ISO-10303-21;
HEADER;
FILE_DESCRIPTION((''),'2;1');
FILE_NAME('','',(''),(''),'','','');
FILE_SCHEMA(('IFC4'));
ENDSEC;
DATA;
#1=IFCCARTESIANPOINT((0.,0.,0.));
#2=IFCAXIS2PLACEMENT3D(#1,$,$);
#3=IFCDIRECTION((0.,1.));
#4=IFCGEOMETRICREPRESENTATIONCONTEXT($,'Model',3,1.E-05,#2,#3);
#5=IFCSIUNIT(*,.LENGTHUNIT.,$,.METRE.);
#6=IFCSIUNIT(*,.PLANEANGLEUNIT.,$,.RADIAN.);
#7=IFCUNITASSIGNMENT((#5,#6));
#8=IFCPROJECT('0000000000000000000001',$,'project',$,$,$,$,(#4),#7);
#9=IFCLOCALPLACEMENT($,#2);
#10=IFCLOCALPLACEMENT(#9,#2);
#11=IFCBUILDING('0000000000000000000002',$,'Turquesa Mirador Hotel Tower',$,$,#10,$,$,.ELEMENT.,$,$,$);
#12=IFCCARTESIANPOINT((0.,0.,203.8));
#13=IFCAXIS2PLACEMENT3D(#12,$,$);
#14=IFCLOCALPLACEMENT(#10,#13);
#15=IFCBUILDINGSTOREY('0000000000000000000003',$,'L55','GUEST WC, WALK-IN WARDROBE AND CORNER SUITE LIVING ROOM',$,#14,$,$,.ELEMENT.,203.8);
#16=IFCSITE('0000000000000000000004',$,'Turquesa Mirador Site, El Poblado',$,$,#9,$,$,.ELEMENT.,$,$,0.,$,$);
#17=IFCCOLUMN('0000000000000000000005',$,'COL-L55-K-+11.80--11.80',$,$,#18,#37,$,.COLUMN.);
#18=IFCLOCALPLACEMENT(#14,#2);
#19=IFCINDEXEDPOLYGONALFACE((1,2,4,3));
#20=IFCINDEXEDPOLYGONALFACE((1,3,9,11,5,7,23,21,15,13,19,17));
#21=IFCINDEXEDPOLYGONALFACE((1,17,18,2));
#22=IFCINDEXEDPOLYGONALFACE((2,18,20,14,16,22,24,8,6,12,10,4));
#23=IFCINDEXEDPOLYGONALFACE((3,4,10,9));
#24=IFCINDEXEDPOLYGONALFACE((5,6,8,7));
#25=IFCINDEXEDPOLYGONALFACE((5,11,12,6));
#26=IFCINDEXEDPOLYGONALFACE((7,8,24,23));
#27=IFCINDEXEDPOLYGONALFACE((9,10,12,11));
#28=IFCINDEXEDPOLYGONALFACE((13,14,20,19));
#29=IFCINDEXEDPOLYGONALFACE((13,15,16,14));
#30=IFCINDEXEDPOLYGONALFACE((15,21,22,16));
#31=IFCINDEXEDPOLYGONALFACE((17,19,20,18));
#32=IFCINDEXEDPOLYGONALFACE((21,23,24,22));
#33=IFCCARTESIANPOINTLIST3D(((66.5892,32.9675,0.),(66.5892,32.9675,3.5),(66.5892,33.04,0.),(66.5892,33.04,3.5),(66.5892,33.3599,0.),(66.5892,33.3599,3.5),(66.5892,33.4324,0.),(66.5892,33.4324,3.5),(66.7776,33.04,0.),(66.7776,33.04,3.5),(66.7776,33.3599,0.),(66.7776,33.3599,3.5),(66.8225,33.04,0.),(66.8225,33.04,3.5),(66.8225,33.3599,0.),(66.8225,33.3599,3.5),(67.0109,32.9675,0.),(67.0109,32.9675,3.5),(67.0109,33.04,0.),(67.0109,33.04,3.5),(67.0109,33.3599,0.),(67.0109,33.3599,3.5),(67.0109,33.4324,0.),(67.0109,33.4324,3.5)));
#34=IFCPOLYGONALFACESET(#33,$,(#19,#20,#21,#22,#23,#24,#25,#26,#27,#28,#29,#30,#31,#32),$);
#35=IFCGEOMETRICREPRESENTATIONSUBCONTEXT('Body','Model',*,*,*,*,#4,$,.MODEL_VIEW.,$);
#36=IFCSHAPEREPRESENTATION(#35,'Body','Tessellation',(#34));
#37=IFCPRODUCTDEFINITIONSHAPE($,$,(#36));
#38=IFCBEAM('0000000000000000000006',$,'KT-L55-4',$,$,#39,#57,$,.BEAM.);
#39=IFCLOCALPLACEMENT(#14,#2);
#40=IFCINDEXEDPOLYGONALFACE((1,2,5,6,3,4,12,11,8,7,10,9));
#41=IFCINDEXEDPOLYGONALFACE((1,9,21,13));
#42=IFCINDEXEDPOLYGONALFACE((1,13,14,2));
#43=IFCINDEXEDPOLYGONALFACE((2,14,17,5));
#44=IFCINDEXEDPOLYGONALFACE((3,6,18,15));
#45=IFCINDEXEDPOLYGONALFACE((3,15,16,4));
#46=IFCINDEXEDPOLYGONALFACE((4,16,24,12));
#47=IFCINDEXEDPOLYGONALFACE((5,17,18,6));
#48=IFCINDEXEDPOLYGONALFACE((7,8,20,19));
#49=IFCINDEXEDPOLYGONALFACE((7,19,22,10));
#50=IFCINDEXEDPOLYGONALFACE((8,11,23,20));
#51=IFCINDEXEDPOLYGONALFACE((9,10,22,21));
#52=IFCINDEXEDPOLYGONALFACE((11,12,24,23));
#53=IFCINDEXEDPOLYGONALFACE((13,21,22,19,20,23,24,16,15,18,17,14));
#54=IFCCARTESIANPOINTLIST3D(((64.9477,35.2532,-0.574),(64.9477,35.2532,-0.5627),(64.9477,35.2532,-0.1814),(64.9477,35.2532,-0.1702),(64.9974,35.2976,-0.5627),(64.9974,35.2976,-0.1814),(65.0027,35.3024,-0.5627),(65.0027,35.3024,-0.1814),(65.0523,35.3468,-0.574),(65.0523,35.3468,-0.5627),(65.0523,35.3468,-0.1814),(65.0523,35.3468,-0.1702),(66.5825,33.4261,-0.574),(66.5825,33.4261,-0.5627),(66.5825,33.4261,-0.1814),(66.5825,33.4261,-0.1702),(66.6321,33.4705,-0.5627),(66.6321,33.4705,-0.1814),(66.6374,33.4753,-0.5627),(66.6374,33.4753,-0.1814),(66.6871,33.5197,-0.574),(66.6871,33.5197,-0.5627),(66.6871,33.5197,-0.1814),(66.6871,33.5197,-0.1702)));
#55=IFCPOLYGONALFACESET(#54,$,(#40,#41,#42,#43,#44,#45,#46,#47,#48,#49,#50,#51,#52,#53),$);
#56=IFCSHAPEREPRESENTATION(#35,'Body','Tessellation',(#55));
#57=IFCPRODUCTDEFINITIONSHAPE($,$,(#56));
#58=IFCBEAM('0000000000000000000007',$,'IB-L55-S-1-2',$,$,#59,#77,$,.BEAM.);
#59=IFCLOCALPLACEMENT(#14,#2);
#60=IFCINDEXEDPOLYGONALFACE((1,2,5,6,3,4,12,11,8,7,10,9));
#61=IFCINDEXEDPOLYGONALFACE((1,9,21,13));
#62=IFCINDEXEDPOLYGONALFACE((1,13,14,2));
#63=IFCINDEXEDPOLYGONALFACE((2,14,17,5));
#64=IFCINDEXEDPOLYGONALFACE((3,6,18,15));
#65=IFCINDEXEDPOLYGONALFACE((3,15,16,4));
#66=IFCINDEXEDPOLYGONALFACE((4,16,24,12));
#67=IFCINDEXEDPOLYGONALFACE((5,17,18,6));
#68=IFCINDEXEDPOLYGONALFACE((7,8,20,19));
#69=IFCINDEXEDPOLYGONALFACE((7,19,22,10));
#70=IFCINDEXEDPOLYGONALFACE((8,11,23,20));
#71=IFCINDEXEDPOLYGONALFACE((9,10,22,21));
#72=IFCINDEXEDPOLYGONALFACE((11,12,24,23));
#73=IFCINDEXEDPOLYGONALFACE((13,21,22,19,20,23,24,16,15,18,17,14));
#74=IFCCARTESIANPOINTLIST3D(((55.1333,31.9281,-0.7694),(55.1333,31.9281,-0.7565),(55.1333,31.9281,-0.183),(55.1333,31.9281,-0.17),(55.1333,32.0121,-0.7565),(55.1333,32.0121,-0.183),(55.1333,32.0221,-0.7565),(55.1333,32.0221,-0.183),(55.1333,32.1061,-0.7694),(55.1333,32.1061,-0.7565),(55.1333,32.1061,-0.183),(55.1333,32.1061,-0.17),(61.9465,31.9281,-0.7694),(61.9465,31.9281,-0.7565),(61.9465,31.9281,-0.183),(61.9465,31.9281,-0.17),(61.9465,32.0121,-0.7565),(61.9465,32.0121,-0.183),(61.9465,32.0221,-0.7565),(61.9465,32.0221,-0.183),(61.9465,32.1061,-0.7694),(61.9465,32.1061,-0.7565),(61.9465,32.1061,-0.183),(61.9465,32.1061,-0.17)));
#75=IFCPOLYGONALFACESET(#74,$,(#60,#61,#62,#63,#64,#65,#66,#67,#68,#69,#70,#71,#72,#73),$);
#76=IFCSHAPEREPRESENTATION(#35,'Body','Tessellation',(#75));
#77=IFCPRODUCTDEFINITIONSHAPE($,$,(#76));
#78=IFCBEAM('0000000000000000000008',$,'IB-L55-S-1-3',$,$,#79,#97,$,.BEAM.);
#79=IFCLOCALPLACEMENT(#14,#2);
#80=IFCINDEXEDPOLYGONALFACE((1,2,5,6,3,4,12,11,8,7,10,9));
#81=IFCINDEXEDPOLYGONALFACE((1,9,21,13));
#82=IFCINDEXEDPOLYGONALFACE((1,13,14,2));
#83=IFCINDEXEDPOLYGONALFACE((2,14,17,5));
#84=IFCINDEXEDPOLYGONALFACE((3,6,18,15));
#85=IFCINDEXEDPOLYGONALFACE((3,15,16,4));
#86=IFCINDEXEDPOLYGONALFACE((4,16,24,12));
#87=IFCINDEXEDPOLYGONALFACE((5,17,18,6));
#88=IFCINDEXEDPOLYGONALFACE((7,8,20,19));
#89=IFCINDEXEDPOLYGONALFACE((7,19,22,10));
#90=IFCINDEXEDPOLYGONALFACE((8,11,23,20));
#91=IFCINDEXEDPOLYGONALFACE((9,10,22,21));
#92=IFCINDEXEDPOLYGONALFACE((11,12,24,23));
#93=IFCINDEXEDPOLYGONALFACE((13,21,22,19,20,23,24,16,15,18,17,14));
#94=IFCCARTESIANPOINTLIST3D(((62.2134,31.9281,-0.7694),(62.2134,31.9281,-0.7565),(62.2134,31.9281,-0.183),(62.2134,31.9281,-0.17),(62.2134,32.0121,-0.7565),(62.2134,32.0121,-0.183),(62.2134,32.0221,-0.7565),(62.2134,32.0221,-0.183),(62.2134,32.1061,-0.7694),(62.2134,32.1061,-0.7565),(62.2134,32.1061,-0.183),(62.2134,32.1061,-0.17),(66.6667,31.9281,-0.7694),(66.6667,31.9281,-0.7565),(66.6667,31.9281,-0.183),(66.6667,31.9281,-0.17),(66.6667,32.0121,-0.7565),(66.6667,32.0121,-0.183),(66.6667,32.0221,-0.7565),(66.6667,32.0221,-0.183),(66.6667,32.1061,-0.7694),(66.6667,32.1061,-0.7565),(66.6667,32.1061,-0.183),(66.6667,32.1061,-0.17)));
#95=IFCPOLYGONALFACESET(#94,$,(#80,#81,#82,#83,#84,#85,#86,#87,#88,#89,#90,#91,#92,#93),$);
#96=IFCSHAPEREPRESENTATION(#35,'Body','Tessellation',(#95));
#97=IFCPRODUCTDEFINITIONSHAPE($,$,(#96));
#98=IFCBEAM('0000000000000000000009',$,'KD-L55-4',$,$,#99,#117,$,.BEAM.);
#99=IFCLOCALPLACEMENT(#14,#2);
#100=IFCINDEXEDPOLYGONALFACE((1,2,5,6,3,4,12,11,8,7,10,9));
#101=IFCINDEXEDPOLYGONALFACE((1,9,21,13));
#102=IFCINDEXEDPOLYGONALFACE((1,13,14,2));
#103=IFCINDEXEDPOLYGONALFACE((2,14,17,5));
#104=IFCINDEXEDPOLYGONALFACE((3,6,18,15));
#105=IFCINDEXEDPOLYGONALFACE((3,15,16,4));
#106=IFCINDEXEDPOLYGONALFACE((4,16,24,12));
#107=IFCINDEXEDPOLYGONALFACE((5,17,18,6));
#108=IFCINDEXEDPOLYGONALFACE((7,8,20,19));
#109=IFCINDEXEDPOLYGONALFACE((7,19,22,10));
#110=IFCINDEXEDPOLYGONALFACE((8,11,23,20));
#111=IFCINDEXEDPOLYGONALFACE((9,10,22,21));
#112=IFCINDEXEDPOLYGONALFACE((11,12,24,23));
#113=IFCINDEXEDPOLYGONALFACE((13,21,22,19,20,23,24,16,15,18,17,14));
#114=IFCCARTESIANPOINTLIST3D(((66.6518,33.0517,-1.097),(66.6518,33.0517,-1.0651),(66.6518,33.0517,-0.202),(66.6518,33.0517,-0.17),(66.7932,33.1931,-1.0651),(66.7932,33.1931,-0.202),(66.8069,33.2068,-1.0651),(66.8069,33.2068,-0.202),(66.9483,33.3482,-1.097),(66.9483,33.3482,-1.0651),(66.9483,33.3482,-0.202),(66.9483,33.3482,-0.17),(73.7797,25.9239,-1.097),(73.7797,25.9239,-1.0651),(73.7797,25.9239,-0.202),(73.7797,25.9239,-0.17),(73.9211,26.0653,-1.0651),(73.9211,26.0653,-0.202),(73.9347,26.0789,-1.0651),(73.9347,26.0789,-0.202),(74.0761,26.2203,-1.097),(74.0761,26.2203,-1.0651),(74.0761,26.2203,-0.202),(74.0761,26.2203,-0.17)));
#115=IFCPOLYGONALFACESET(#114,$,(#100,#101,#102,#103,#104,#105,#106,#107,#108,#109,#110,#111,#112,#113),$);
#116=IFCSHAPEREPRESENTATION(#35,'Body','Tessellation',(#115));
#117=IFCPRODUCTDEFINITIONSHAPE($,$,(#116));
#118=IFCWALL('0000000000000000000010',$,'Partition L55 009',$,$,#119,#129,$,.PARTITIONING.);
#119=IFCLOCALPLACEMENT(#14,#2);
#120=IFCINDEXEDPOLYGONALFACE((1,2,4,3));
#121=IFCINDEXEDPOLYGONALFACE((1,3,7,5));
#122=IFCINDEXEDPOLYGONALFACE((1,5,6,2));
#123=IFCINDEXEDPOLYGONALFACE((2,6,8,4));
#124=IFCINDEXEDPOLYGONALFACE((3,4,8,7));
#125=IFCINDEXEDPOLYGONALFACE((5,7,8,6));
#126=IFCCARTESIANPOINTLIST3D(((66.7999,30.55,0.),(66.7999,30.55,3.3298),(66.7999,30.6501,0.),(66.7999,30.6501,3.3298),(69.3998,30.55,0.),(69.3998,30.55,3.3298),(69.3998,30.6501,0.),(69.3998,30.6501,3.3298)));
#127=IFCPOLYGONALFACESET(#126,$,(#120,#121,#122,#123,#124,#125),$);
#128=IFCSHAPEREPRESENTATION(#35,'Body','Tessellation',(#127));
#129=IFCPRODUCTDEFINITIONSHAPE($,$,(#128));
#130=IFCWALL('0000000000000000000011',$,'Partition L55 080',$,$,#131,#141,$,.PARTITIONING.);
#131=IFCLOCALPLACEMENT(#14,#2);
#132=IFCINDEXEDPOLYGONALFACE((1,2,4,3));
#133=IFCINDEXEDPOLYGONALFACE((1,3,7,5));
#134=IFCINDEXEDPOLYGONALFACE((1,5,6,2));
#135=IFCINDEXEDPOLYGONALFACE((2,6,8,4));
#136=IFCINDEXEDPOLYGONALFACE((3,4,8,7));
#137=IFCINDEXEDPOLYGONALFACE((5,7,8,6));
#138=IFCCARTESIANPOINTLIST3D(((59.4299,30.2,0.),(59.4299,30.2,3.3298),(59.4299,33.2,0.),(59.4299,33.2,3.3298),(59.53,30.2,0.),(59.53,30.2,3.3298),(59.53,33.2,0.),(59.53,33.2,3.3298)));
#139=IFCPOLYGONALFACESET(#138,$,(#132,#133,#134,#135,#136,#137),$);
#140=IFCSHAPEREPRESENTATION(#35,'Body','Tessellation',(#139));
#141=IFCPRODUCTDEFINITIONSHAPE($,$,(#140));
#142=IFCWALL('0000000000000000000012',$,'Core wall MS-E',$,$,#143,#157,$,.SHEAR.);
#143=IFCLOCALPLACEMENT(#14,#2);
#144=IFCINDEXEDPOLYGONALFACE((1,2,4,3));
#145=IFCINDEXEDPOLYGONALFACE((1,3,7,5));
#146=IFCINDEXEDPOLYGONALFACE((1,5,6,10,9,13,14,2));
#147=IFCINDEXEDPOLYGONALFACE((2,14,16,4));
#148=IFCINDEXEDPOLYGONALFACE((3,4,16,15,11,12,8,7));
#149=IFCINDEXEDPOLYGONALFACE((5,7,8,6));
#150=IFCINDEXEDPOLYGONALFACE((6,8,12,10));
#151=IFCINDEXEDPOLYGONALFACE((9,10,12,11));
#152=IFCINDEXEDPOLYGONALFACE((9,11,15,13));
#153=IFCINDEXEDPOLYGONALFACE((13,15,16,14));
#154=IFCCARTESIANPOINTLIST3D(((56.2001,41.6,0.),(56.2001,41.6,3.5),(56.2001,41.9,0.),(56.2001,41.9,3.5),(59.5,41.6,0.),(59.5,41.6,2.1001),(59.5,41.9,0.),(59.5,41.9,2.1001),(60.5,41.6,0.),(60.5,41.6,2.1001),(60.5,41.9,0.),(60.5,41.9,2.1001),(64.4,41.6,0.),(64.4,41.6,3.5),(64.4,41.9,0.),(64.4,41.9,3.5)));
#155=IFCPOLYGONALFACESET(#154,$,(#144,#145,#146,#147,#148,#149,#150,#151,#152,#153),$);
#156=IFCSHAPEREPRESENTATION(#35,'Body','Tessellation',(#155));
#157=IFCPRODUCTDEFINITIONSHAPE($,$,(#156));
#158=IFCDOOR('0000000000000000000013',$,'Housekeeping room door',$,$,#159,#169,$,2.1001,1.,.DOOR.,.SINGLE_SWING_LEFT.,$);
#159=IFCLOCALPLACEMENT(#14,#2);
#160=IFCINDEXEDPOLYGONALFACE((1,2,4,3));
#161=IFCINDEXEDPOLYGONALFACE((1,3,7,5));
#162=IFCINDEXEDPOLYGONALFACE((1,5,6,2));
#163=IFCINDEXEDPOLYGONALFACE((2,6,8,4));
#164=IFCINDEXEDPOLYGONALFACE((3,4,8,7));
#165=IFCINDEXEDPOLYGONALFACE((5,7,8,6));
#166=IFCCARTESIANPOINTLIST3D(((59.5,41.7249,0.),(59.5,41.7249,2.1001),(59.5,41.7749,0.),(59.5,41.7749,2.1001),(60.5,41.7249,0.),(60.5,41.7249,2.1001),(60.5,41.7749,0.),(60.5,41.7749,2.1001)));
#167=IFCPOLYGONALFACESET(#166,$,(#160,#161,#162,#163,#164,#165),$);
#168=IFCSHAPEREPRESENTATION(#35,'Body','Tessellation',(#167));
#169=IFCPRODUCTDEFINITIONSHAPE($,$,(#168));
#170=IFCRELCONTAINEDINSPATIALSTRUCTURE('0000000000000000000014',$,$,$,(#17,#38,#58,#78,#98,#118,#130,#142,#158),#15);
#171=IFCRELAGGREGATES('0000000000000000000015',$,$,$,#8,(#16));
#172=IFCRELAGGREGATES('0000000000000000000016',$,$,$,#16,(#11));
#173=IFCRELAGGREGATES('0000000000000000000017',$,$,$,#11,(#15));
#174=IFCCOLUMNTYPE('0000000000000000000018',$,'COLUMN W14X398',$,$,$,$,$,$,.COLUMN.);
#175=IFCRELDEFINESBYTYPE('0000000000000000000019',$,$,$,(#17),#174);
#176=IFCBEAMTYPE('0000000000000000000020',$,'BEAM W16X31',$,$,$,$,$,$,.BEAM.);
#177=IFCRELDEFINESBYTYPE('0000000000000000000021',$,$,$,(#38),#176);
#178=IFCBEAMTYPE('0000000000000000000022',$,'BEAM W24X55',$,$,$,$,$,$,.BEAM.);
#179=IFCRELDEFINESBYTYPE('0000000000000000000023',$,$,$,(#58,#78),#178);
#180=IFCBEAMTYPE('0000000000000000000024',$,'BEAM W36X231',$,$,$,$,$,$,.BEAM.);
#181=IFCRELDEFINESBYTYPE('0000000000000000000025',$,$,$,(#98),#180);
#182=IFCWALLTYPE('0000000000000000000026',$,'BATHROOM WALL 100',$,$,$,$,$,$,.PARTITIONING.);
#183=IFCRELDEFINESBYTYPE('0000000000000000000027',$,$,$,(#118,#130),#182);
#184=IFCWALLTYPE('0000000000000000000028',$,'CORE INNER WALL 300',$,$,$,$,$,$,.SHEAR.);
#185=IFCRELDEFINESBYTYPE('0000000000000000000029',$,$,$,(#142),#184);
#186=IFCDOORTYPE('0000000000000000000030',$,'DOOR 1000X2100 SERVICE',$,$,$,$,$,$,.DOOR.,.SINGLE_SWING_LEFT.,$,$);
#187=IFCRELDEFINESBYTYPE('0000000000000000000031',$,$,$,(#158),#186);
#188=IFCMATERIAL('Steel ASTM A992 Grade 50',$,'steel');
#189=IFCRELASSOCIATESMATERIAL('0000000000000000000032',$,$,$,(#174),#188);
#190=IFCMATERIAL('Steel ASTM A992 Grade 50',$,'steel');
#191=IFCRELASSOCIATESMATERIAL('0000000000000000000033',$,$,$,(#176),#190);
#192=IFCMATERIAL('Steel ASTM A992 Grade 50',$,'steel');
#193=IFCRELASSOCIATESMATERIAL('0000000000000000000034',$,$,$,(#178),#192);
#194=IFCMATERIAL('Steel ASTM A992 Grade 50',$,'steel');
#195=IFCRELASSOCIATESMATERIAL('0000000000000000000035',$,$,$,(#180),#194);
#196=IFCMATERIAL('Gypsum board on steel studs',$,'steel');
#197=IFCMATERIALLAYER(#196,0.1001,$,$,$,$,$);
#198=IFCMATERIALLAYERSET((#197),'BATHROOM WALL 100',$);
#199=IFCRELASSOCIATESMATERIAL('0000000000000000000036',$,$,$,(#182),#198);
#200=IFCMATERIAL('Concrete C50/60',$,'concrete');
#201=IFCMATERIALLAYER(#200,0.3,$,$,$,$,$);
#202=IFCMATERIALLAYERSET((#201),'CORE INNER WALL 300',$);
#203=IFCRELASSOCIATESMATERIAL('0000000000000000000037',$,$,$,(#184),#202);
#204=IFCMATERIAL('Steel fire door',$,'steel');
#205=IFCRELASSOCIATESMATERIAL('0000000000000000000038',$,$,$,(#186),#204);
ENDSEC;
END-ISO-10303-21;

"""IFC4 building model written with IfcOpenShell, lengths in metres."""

from ifc_helpers import new_model, si_unit, direction, frame, frame_2d, origin, origin_2d, place, context, subcontext, project, spatial, rectangle, i_section, extrude, material, layer, layer_set, material_profile, profile_set, type_object, element, fill, save


model = new_model("IFC4")

# Units and contexts
model_context = context("Model", 3, precision=1e-05, world=origin(), true_north=direction((0.0, 1.0)))
body_context = subcontext(model_context, "Body", "Model", "MODEL_VIEW")
ifc_project = project(units=[si_unit("LENGTHUNIT", "METRE"), si_unit("PLANEANGLEUNIT", "RADIAN")], contexts=[model_context])

# Site, building, storey
site_placement = place(None, origin())
site = spatial("IfcSite", under=ifc_project, at=site_placement, Name="Turquesa Mirador Site, El Poblado", CompositionType="ELEMENT", RefElevation=0.0)
building_placement = place(site_placement, origin())
building = spatial("IfcBuilding", under=site, at=building_placement, Name="Turquesa Mirador Hotel Tower", CompositionType="ELEMENT")
storey_placement = place(building_placement, frame((0.0, 0.0, 203.8)))
storey = spatial("IfcBuildingStorey", under=building, at=storey_placement, Name="L55", Description="GUEST WC, WALK-IN WARDROBE AND CORNER SUITE LIVING ROOM", CompositionType="ELEMENT", Elevation=203.8)

# Column
ifc_material_1 = material(Name="Steel ASTM A992 Grade 50", Category="steel")
ifc_material_profile_1 = material_profile(ifc_material_1, i_section(OverallWidth=0.4216, OverallDepth=0.4648, WebThickness=0.0449, FlangeThickness=0.0725, at=origin_2d()), Name="W14X398")
ifc_profile_set_1 = profile_set([ifc_material_profile_1], Name="Steel ASTM A992 Grade 50")
column_type = type_object("IfcColumnType", Name="COLUMN W14X398", PredefinedType="COLUMN", material=ifc_profile_set_1)
column_placement = place(storey_placement, frame((66.8, 33.2, 0.0), z_axis=(0.0, 0.0, 1.0), x_axis=(1.0, 0.0, 0.0)))
element("IfcColumn", 1, at=column_placement, inside=storey, type_object=column_type, Name="COL-L55-K-+11.80--11.80", PredefinedType="COLUMN", context=body_context, shape_type="SweptSolid", body=[
    extrude(i_section(OverallWidth=0.4216, OverallDepth=0.4648, WebThickness=0.0449, FlangeThickness=0.0725, at=origin_2d()), origin(), (0.0, 0.0, 1.0), 3.5),
])

# Beams
ifc_material_2 = material(Name="Steel ASTM A992 Grade 50", Category="steel")
ifc_material_profile_2 = material_profile(ifc_material_2, i_section(OverallWidth=0.1404, OverallDepth=0.4038, WebThickness=0.0071, FlangeThickness=0.0112, at=origin_2d()), Name="W16X31")
ifc_profile_set_2 = profile_set([ifc_material_profile_2], Name="Steel ASTM A992 Grade 50")
beam_type_1 = type_object("IfcBeamType", Name="BEAM W16X31", PredefinedType="BEAM", material=ifc_profile_set_2)
beam_1_placement = place(storey_placement, frame((66.6348, 33.4729, -0.3721), z_axis=(-0.666783, 0.745252, 0.0), x_axis=(-0.745252, -0.666783, 0.0)))
element("IfcBeam", 2, at=beam_1_placement, inside=storey, type_object=beam_type_1, Name="KT-L55-4", PredefinedType="BEAM", context=body_context, shape_type="SweptSolid", body=[
    extrude(i_section(OverallWidth=0.1404, OverallDepth=0.4038, WebThickness=0.0071, FlangeThickness=0.0112, at=origin_2d()), origin(), (0.0, 0.0, 1.0), 2.4517),
])
ifc_material_3 = material(Name="Steel ASTM A992 Grade 50", Category="steel")
ifc_material_profile_3 = material_profile(ifc_material_3, i_section(OverallWidth=0.178, OverallDepth=0.5994, WebThickness=0.01, FlangeThickness=0.0129, at=origin_2d()), Name="W24X55")
ifc_profile_set_3 = profile_set([ifc_material_profile_3], Name="Steel ASTM A992 Grade 50")
beam_type_2 = type_object("IfcBeamType", Name="BEAM W24X55", PredefinedType="BEAM", material=ifc_profile_set_3)
beam_2_placement = place(storey_placement, frame((55.1333, 32.0171, -0.4697), z_axis=(1.0, 0.0, 0.0), x_axis=(0.0, 1.0, 0.0)))
element("IfcBeam", 3, at=beam_2_placement, inside=storey, type_object=beam_type_2, Name="IB-L55-S-1-2", PredefinedType="BEAM", context=body_context, shape_type="SweptSolid", body=[
    extrude(i_section(OverallWidth=0.178, OverallDepth=0.5994, WebThickness=0.01, FlangeThickness=0.0129, at=origin_2d()), origin(), (0.0, 0.0, 1.0), 6.8132),
])
beam_3_placement = place(storey_placement, frame((62.2134, 32.0171, -0.4697), z_axis=(1.0, 0.0, 0.0), x_axis=(0.0, 1.0, 0.0)))
element("IfcBeam", 4, at=beam_3_placement, inside=storey, type_object=beam_type_2, Name="IB-L55-S-1-3", PredefinedType="BEAM", context=body_context, shape_type="SweptSolid", body=[
    extrude(i_section(OverallWidth=0.178, OverallDepth=0.5994, WebThickness=0.01, FlangeThickness=0.0129, at=origin_2d()), origin(), (0.0, 0.0, 1.0), 4.4534),
])
ifc_material_4 = material(Name="Steel ASTM A992 Grade 50", Category="steel")
ifc_material_profile_4 = material_profile(ifc_material_4, i_section(OverallWidth=0.4192, OverallDepth=0.927, WebThickness=0.0193, FlangeThickness=0.032, at=origin_2d()), Name="W36X231")
ifc_profile_set_4 = profile_set([ifc_material_profile_4], Name="Steel ASTM A992 Grade 50")
beam_type_3 = type_object("IfcBeamType", Name="BEAM W36X231", PredefinedType="BEAM", material=ifc_profile_set_4)
beam_4_placement = place(storey_placement, frame((66.8, 33.2, -0.6335), z_axis=(0.707107, -0.707107, 0.0), x_axis=(0.707107, 0.707107, 0.0)))
element("IfcBeam", 5, at=beam_4_placement, inside=storey, type_object=beam_type_3, Name="KD-L55-4", PredefinedType="BEAM", context=body_context, shape_type="SweptSolid", body=[
    extrude(i_section(OverallWidth=0.4192, OverallDepth=0.927, WebThickness=0.0193, FlangeThickness=0.032, at=origin_2d()), origin(), (0.0, 0.0, 1.0), 10.0803),
])

# Walls
ifc_material_5 = material(Name="Gypsum board on steel studs", Category="steel")
ifc_layer_1 = layer(ifc_material_5, 0.1001)
ifc_layer_set_1 = layer_set([ifc_layer_1], Name="BATHROOM WALL 100")
wall_type_1 = type_object("IfcWallType", Name="BATHROOM WALL 100", PredefinedType="PARTITIONING", material=ifc_layer_set_1)
wall_1_placement = place(storey_placement, frame((66.8, 30.6001, 0.0), z_axis=(0.0, 0.0, 1.0), x_axis=(1.0, 0.0, 0.0)))
element("IfcWall", 6, at=wall_1_placement, inside=storey, type_object=wall_type_1, Name="Partition L55 009", PredefinedType="PARTITIONING", context=body_context, shape_type="SweptSolid", body=[
    extrude(rectangle(XDim=2.5999, YDim=0.1001, at=frame_2d((1.2998, 0.0))), origin(), (0.0, 0.0, 1.0), 3.3298),
])
wall_2_placement = place(storey_placement, frame((59.48, 30.2, 0.0), z_axis=(0.0, 0.0, 1.0), x_axis=(0.0, 1.0, 0.0)))
element("IfcWall", 7, at=wall_2_placement, inside=storey, type_object=wall_type_1, Name="Partition L55 080", PredefinedType="PARTITIONING", context=body_context, shape_type="SweptSolid", body=[
    extrude(rectangle(XDim=3.0, YDim=0.1001, at=frame_2d((1.5, 0.0))), origin(), (0.0, 0.0, 1.0), 3.3298),
])

# Wall, opening, door
ifc_material_6 = material(Name="Concrete C50/60", Category="concrete")
ifc_layer_2 = layer(ifc_material_6, 0.3)
ifc_layer_set_2 = layer_set([ifc_layer_2], Name="CORE INNER WALL 300")
wall_type_2 = type_object("IfcWallType", Name="CORE INNER WALL 300", PredefinedType="SHEAR", material=ifc_layer_set_2)
wall_3_placement = place(storey_placement, frame((56.2, 41.75, 0.0), z_axis=(0.0, 0.0, 1.0), x_axis=(1.0, 0.0, 0.0)))
wall_3 = element("IfcWall", 8, at=wall_3_placement, inside=storey, type_object=wall_type_2, Name="Core wall MS-E", PredefinedType="SHEAR", context=body_context, shape_type="SweptSolid", body=[
    extrude(rectangle(XDim=8.2, YDim=0.3, at=frame_2d((4.1001, 0.0))), origin(), (0.0, 0.0, 1.0), 3.5),
])
opening_1_placement = place(wall_3_placement, frame((3.3, 0.0, 0.0)))
opening_1 = element("IfcOpeningElement", 9, at=opening_1_placement, cuts=wall_3, PredefinedType="OPENING", context=body_context, shape_type="SweptSolid", body=[
    extrude(rectangle(XDim=1.0, YDim=2.1001, at=frame_2d((0.5, 1.05))), frame((0.0, 0.1599, 0.0), z_axis=(0.0, -1.0, 0.0), x_axis=(1.0, 0.0, 0.0)), (0.0, 0.0, 1.0), 0.3201),
])
ifc_material_7 = material(Name="Steel fire door", Category="steel")
door_type_1 = type_object("IfcDoorType", Name="DOOR 1000X2100 SERVICE", OperationType="SINGLE_SWING_LEFT", PredefinedType="DOOR", material=ifc_material_7)
door_1_placement = place(opening_1_placement, origin())
door_1 = element("IfcDoor", 10, at=door_1_placement, inside=storey, type_object=door_type_1, Name="Housekeeping room door", OperationType="SINGLE_SWING_LEFT", OverallHeight=2.1001, OverallWidth=1.0, PredefinedType="DOOR", context=body_context, shape_type="SweptSolid", body=[
    extrude(rectangle(XDim=1.0, YDim=2.1001, at=frame_2d((0.5, 1.05))), frame((0.0, 0.0249, 0.0), z_axis=(0.0, -1.0, 0.0), x_axis=(1.0, 0.0, 0.0)), (0.0, 0.0, 1.0), 0.05),
])
fill(opening_1, door_1)

save(model, "model.ifc")
